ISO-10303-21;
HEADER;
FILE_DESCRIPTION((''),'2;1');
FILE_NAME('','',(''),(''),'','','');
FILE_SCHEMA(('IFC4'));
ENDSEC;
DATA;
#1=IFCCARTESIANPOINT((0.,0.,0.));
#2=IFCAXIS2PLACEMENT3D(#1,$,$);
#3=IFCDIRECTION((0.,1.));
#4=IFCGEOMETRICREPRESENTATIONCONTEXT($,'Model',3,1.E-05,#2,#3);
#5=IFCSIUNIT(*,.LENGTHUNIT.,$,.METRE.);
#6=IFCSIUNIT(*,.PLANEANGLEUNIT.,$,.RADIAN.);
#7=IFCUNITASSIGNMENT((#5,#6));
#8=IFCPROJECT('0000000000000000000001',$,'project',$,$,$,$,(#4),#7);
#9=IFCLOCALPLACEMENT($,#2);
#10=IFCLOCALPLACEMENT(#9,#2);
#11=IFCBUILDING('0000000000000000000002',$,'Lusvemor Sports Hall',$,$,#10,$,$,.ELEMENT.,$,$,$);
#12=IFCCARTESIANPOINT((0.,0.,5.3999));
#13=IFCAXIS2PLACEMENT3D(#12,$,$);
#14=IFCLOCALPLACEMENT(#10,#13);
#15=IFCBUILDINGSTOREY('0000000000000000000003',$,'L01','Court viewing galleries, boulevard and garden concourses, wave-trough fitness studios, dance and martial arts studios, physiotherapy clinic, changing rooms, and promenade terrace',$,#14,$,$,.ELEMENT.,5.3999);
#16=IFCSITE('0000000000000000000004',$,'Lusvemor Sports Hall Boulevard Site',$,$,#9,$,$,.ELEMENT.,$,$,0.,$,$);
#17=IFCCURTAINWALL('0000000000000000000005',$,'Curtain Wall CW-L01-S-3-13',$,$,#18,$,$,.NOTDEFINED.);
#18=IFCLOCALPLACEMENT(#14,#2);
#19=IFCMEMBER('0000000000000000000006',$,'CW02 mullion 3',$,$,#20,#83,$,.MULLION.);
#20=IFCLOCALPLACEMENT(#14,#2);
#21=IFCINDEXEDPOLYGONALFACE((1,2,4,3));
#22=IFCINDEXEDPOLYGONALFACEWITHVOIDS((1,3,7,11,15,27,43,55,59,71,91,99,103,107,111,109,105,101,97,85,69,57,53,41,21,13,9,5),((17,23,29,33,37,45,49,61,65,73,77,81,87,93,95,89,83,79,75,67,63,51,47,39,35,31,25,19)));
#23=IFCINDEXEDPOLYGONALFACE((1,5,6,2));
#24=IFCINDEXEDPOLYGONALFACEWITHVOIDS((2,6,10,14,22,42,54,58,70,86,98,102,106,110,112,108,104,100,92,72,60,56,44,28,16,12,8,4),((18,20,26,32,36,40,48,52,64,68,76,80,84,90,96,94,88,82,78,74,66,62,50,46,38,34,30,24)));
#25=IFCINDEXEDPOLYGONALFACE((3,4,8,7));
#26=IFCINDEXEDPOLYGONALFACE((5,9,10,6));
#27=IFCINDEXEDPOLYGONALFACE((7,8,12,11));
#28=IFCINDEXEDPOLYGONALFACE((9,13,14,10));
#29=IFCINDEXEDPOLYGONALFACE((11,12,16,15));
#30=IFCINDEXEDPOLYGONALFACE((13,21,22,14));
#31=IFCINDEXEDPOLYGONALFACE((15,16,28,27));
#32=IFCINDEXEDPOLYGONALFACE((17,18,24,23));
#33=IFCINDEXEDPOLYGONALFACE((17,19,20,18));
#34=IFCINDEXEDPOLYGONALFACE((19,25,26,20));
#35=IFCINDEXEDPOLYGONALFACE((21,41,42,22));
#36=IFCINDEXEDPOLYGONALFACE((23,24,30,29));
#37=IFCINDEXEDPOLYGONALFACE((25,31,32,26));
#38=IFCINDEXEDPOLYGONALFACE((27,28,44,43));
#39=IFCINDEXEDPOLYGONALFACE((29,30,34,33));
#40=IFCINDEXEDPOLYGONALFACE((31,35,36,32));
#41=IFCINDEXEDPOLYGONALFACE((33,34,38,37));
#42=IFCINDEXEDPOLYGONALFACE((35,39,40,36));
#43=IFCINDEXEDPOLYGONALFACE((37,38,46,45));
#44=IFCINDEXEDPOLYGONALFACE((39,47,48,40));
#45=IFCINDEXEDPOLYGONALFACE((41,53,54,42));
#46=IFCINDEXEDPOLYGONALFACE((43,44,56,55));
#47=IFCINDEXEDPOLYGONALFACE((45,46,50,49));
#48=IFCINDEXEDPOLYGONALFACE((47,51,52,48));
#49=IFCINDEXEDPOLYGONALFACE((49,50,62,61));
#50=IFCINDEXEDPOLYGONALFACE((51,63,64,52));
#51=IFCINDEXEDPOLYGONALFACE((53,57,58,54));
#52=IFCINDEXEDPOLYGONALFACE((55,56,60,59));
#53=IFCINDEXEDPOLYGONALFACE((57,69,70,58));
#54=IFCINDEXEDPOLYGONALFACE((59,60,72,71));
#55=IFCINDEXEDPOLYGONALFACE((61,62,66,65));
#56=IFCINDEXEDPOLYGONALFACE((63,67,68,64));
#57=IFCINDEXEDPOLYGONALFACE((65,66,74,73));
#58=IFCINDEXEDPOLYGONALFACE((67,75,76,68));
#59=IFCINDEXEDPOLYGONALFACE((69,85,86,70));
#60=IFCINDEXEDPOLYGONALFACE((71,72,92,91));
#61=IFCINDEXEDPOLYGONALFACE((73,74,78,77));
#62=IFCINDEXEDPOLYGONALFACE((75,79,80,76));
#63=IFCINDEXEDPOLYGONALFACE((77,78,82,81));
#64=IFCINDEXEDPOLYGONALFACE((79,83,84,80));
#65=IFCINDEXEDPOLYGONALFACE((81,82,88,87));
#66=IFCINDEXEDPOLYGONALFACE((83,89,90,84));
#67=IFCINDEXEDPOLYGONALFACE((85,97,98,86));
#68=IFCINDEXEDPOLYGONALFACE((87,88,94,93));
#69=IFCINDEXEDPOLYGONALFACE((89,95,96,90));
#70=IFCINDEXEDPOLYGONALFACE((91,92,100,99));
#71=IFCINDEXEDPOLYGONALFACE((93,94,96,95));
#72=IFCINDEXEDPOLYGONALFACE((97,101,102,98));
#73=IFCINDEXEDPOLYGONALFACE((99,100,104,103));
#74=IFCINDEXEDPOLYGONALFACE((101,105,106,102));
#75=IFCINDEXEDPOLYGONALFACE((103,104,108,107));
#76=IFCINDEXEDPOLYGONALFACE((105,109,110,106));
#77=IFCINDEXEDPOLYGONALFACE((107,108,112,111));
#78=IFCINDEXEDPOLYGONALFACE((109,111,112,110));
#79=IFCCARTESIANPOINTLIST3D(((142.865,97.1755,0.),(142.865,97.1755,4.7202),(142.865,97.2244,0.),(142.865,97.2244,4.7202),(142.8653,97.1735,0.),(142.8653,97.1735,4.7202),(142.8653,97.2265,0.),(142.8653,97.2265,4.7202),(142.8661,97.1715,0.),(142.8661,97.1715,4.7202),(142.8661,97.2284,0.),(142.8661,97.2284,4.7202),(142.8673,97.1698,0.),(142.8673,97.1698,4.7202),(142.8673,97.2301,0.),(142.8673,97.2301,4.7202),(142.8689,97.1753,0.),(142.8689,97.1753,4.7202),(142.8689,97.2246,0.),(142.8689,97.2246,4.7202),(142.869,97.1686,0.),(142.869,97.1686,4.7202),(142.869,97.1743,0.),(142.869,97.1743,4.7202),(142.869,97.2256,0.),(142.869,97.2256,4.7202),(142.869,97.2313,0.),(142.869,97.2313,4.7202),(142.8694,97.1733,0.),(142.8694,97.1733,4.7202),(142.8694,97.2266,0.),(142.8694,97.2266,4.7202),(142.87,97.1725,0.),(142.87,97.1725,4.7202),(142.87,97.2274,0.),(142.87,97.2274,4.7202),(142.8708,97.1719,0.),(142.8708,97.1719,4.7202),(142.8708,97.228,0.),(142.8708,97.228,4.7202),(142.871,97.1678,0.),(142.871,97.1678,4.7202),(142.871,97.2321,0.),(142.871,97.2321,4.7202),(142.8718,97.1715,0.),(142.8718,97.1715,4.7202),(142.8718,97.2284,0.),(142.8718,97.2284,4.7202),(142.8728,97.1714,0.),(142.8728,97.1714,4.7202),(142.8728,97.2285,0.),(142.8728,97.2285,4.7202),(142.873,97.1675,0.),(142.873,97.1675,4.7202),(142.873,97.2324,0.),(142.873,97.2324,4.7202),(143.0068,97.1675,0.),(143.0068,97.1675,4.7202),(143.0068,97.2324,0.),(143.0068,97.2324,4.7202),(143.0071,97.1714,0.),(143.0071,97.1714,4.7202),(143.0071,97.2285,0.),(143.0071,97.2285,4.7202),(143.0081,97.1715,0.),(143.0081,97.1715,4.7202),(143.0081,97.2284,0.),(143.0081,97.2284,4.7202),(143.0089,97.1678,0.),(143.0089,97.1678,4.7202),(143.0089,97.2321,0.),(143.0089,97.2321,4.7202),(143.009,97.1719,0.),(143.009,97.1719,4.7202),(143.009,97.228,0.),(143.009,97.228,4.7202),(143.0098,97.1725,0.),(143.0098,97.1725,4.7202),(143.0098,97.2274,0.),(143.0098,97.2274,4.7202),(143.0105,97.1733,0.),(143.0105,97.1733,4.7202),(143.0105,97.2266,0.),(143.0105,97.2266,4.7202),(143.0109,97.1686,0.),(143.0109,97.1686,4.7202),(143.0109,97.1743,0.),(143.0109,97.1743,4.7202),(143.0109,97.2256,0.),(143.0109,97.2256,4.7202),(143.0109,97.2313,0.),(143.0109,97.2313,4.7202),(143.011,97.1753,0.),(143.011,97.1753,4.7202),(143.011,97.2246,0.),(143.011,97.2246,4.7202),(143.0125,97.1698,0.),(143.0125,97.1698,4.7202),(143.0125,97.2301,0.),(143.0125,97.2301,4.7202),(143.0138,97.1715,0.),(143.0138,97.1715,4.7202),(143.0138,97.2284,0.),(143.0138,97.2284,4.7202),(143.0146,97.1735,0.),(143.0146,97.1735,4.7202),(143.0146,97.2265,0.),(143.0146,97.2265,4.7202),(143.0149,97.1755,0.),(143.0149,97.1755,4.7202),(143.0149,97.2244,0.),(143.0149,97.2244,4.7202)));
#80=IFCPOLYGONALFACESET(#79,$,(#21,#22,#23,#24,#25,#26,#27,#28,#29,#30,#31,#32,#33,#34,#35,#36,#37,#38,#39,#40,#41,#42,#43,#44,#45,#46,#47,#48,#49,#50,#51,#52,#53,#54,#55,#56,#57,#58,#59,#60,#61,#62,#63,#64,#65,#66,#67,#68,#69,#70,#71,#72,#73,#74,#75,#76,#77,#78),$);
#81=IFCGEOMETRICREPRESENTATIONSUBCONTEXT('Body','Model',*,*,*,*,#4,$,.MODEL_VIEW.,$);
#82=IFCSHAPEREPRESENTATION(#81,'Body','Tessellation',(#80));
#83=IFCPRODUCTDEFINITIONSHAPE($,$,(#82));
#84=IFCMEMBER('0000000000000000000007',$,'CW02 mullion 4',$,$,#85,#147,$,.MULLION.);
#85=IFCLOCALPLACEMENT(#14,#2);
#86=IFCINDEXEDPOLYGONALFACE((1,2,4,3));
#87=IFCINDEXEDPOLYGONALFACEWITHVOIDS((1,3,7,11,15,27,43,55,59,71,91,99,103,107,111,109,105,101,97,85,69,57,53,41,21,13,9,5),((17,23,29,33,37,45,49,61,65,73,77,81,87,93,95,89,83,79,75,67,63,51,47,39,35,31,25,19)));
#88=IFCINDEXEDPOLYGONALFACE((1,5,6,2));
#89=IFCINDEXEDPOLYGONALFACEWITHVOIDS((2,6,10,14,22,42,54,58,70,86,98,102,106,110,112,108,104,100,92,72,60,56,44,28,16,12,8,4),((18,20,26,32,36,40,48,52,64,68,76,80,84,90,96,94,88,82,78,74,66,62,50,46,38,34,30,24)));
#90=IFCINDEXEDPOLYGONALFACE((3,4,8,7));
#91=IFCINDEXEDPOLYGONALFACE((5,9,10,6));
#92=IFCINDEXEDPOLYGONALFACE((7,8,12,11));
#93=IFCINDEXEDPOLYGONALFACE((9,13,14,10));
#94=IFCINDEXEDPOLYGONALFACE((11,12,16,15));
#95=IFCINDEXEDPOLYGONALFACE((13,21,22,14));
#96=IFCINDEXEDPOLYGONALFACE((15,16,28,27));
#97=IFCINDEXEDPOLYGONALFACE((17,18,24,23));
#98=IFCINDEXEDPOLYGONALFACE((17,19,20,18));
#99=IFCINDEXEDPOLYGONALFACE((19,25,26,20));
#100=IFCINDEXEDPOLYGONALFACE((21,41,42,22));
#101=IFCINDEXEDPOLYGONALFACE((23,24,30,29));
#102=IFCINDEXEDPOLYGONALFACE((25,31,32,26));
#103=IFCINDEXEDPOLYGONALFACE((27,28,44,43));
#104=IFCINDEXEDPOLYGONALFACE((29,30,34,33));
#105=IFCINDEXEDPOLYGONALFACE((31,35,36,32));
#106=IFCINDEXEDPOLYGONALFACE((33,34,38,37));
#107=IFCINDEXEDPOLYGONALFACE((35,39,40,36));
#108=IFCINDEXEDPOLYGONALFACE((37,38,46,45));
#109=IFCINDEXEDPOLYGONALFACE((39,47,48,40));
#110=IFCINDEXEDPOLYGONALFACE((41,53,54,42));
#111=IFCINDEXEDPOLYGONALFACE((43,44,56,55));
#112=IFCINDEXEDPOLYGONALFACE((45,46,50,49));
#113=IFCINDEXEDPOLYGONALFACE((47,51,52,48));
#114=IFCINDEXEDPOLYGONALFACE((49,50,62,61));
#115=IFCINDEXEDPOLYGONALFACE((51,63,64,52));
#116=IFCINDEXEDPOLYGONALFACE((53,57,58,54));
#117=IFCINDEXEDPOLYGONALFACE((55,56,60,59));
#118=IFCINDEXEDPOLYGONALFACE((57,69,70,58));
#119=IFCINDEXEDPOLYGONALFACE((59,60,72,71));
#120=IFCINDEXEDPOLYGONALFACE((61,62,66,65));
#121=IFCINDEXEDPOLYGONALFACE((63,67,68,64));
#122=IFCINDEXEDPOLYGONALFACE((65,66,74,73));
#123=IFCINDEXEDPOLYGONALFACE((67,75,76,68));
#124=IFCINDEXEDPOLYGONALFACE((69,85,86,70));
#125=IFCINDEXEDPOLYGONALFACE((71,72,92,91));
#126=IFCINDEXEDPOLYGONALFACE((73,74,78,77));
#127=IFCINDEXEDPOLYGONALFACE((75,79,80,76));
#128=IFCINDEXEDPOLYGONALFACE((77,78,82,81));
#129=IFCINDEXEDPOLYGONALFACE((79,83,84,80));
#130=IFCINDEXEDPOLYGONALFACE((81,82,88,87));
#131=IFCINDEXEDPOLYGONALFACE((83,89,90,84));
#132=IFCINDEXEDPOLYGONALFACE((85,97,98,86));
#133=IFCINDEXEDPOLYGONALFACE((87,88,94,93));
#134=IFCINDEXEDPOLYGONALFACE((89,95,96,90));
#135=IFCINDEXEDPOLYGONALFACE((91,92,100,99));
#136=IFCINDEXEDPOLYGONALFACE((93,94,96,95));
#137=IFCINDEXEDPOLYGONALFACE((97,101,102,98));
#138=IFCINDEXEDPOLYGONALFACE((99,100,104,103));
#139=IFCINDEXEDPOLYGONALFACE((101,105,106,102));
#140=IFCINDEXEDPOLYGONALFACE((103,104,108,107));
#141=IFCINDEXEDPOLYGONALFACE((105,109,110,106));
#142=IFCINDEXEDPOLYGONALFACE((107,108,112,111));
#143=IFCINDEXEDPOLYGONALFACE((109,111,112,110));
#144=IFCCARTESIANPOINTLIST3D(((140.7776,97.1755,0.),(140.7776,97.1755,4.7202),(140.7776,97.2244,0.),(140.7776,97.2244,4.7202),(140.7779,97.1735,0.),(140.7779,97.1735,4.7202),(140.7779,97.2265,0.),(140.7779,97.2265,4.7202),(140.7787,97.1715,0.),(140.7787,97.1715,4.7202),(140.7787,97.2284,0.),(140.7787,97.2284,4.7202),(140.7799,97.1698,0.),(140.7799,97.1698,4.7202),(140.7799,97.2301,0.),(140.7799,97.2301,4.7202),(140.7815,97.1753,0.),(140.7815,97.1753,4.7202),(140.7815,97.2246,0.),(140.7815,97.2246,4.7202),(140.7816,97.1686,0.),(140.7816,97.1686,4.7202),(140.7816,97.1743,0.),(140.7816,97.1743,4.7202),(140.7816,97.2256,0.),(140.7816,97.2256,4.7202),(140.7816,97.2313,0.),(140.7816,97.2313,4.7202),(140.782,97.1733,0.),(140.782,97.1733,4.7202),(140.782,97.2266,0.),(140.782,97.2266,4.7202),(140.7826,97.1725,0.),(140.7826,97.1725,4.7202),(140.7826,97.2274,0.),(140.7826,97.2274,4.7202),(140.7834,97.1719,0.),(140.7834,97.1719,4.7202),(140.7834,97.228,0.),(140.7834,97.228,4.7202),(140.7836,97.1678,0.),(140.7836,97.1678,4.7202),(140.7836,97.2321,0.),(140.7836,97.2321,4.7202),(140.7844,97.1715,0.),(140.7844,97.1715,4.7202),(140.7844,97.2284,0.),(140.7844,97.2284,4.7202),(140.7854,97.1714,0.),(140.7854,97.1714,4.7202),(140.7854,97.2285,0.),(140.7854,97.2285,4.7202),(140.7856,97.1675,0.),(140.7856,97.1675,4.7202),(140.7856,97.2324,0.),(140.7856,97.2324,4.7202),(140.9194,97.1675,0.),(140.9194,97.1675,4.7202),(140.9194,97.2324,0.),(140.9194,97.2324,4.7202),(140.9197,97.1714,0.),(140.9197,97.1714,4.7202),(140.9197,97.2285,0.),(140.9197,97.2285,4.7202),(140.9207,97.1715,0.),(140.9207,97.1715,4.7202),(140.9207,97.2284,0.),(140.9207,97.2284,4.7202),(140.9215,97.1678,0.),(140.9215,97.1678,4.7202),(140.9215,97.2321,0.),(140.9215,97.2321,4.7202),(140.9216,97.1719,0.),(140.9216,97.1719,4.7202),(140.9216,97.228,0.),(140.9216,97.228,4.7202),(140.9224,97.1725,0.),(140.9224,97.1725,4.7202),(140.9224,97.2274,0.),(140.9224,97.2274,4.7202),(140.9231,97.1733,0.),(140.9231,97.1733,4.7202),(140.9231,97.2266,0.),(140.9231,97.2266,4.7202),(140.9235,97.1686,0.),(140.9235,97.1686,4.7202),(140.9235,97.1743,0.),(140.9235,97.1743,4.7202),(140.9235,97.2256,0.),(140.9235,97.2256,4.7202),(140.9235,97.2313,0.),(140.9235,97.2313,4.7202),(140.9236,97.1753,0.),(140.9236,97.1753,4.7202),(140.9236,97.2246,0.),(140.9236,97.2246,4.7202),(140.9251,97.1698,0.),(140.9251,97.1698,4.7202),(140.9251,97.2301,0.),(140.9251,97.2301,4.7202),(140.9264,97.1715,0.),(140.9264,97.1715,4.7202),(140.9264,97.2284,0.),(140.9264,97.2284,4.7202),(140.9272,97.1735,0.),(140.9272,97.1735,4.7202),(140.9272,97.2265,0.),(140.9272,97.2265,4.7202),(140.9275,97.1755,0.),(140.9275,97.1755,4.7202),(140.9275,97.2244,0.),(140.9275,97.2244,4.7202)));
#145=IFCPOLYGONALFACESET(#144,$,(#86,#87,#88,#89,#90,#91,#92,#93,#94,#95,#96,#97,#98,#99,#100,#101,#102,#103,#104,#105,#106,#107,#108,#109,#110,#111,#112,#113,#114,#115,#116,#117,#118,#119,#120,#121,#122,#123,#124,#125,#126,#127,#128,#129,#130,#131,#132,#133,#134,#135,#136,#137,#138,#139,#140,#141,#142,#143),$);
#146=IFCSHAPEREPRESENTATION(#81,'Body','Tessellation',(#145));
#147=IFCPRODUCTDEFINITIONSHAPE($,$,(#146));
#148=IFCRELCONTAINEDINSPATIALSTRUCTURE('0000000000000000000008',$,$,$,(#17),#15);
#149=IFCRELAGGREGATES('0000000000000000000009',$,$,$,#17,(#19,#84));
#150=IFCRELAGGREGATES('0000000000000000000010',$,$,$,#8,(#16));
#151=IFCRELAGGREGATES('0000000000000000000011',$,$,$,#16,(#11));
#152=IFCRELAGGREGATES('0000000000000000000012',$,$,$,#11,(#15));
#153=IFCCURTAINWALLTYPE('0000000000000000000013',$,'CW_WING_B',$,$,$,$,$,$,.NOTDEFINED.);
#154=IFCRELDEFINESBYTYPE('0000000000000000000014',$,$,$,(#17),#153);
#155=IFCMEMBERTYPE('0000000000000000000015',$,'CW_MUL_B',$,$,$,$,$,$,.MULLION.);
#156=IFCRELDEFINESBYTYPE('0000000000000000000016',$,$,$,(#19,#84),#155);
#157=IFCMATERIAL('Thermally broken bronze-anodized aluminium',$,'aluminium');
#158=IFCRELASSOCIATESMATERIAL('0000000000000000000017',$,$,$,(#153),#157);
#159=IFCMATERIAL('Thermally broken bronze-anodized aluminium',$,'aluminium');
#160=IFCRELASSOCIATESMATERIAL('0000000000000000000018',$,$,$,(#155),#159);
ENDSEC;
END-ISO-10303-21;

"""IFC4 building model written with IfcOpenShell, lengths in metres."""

from ifc_helpers import new_model, si_unit, direction, frame, origin, origin_2d, place, context, subcontext, project, spatial, hollow_rectangle, extrude, material, material_profile, profile_set, type_object, element, aggregate, save


model = new_model("IFC4")

# Units and contexts
model_context = context("Model", 3, precision=1e-05, world=origin(), true_north=direction((0.0, 1.0)))
body_context = subcontext(model_context, "Body", "Model", "MODEL_VIEW")
ifc_project = project(units=[si_unit("LENGTHUNIT", "METRE"), si_unit("PLANEANGLEUNIT", "RADIAN")], contexts=[model_context])

# Site, building, storey
site_placement = place(None, origin())
site = spatial("IfcSite", under=ifc_project, at=site_placement, Name="Lusvemor Sports Hall Boulevard Site", CompositionType="ELEMENT", RefElevation=0.0)
building_placement = place(site_placement, origin())
building = spatial("IfcBuilding", under=site, at=building_placement, Name="Lusvemor Sports Hall", CompositionType="ELEMENT")
storey_placement = place(building_placement, frame((0.0, 0.0, 5.3999)))
storey = spatial("IfcBuildingStorey", under=building, at=storey_placement, Name="L01", Description="Court viewing galleries, boulevard and garden concourses, wave-trough fitness studios, dance and martial arts studios, physiotherapy clinic, changing rooms, and promenade terrace", CompositionType="ELEMENT", Elevation=5.3999)

# Curtain wall, members
ifc_material_1 = material(Name="Thermally broken bronze-anodized aluminium", Category="aluminium")
curtain_wall_type = type_object("IfcCurtainWallType", Name="CW_WING_B", PredefinedType="NOTDEFINED", material=ifc_material_1)
curtain_wall_placement = place(storey_placement, origin())
curtain_wall = element("IfcCurtainWall", 1, at=curtain_wall_placement, inside=storey, type_object=curtain_wall_type, Name="Curtain Wall CW-L01-S-3-13", PredefinedType="NOTDEFINED")
ifc_material_2 = material(Name="Thermally broken bronze-anodized aluminium", Category="aluminium")
ifc_material_profile_1 = material_profile(ifc_material_2, hollow_rectangle(XDim=0.0649, YDim=0.1499, WallThickness=0.0039, InnerFilletRadius=0.0039, OuterFilletRadius=0.0081, at=origin_2d()), Name="CWMUL150x65x4")
ifc_profile_set_1 = profile_set([ifc_material_profile_1], Name="Thermally broken bronze-anodized aluminium")
member_type_1 = type_object("IfcMemberType", Name="CW_MUL_B", PredefinedType="MULLION", material=ifc_profile_set_1)
member_1_placement = place(storey_placement, frame((142.9399, 97.2, 0.0), z_axis=(0.0, 0.0, 1.0), x_axis=(0.0, -1.0, 0.0)))
member_1 = element("IfcMember", 2, at=member_1_placement, type_object=member_type_1, Name="CW02 mullion 3", PredefinedType="MULLION", context=body_context, shape_type="SweptSolid", body=[
    extrude(hollow_rectangle(XDim=0.0649, YDim=0.1499, WallThickness=0.0039, InnerFilletRadius=0.0039, OuterFilletRadius=0.0081, at=origin_2d()), origin(), (0.0, 0.0, 1.0), 4.7202),
])
member_2_placement = place(storey_placement, frame((140.8525, 97.2, 0.0), z_axis=(0.0, 0.0, 1.0), x_axis=(0.0, -1.0, 0.0)))
member_2 = element("IfcMember", 3, at=member_2_placement, type_object=member_type_1, Name="CW02 mullion 4", PredefinedType="MULLION", context=body_context, shape_type="SweptSolid", body=[
    extrude(hollow_rectangle(XDim=0.0649, YDim=0.1499, WallThickness=0.0039, InnerFilletRadius=0.0039, OuterFilletRadius=0.0081, at=origin_2d()), origin(), (0.0, 0.0, 1.0), 4.7202),
])

aggregate(curtain_wall, [member_1, member_2])

save(model, "model.ifc")
